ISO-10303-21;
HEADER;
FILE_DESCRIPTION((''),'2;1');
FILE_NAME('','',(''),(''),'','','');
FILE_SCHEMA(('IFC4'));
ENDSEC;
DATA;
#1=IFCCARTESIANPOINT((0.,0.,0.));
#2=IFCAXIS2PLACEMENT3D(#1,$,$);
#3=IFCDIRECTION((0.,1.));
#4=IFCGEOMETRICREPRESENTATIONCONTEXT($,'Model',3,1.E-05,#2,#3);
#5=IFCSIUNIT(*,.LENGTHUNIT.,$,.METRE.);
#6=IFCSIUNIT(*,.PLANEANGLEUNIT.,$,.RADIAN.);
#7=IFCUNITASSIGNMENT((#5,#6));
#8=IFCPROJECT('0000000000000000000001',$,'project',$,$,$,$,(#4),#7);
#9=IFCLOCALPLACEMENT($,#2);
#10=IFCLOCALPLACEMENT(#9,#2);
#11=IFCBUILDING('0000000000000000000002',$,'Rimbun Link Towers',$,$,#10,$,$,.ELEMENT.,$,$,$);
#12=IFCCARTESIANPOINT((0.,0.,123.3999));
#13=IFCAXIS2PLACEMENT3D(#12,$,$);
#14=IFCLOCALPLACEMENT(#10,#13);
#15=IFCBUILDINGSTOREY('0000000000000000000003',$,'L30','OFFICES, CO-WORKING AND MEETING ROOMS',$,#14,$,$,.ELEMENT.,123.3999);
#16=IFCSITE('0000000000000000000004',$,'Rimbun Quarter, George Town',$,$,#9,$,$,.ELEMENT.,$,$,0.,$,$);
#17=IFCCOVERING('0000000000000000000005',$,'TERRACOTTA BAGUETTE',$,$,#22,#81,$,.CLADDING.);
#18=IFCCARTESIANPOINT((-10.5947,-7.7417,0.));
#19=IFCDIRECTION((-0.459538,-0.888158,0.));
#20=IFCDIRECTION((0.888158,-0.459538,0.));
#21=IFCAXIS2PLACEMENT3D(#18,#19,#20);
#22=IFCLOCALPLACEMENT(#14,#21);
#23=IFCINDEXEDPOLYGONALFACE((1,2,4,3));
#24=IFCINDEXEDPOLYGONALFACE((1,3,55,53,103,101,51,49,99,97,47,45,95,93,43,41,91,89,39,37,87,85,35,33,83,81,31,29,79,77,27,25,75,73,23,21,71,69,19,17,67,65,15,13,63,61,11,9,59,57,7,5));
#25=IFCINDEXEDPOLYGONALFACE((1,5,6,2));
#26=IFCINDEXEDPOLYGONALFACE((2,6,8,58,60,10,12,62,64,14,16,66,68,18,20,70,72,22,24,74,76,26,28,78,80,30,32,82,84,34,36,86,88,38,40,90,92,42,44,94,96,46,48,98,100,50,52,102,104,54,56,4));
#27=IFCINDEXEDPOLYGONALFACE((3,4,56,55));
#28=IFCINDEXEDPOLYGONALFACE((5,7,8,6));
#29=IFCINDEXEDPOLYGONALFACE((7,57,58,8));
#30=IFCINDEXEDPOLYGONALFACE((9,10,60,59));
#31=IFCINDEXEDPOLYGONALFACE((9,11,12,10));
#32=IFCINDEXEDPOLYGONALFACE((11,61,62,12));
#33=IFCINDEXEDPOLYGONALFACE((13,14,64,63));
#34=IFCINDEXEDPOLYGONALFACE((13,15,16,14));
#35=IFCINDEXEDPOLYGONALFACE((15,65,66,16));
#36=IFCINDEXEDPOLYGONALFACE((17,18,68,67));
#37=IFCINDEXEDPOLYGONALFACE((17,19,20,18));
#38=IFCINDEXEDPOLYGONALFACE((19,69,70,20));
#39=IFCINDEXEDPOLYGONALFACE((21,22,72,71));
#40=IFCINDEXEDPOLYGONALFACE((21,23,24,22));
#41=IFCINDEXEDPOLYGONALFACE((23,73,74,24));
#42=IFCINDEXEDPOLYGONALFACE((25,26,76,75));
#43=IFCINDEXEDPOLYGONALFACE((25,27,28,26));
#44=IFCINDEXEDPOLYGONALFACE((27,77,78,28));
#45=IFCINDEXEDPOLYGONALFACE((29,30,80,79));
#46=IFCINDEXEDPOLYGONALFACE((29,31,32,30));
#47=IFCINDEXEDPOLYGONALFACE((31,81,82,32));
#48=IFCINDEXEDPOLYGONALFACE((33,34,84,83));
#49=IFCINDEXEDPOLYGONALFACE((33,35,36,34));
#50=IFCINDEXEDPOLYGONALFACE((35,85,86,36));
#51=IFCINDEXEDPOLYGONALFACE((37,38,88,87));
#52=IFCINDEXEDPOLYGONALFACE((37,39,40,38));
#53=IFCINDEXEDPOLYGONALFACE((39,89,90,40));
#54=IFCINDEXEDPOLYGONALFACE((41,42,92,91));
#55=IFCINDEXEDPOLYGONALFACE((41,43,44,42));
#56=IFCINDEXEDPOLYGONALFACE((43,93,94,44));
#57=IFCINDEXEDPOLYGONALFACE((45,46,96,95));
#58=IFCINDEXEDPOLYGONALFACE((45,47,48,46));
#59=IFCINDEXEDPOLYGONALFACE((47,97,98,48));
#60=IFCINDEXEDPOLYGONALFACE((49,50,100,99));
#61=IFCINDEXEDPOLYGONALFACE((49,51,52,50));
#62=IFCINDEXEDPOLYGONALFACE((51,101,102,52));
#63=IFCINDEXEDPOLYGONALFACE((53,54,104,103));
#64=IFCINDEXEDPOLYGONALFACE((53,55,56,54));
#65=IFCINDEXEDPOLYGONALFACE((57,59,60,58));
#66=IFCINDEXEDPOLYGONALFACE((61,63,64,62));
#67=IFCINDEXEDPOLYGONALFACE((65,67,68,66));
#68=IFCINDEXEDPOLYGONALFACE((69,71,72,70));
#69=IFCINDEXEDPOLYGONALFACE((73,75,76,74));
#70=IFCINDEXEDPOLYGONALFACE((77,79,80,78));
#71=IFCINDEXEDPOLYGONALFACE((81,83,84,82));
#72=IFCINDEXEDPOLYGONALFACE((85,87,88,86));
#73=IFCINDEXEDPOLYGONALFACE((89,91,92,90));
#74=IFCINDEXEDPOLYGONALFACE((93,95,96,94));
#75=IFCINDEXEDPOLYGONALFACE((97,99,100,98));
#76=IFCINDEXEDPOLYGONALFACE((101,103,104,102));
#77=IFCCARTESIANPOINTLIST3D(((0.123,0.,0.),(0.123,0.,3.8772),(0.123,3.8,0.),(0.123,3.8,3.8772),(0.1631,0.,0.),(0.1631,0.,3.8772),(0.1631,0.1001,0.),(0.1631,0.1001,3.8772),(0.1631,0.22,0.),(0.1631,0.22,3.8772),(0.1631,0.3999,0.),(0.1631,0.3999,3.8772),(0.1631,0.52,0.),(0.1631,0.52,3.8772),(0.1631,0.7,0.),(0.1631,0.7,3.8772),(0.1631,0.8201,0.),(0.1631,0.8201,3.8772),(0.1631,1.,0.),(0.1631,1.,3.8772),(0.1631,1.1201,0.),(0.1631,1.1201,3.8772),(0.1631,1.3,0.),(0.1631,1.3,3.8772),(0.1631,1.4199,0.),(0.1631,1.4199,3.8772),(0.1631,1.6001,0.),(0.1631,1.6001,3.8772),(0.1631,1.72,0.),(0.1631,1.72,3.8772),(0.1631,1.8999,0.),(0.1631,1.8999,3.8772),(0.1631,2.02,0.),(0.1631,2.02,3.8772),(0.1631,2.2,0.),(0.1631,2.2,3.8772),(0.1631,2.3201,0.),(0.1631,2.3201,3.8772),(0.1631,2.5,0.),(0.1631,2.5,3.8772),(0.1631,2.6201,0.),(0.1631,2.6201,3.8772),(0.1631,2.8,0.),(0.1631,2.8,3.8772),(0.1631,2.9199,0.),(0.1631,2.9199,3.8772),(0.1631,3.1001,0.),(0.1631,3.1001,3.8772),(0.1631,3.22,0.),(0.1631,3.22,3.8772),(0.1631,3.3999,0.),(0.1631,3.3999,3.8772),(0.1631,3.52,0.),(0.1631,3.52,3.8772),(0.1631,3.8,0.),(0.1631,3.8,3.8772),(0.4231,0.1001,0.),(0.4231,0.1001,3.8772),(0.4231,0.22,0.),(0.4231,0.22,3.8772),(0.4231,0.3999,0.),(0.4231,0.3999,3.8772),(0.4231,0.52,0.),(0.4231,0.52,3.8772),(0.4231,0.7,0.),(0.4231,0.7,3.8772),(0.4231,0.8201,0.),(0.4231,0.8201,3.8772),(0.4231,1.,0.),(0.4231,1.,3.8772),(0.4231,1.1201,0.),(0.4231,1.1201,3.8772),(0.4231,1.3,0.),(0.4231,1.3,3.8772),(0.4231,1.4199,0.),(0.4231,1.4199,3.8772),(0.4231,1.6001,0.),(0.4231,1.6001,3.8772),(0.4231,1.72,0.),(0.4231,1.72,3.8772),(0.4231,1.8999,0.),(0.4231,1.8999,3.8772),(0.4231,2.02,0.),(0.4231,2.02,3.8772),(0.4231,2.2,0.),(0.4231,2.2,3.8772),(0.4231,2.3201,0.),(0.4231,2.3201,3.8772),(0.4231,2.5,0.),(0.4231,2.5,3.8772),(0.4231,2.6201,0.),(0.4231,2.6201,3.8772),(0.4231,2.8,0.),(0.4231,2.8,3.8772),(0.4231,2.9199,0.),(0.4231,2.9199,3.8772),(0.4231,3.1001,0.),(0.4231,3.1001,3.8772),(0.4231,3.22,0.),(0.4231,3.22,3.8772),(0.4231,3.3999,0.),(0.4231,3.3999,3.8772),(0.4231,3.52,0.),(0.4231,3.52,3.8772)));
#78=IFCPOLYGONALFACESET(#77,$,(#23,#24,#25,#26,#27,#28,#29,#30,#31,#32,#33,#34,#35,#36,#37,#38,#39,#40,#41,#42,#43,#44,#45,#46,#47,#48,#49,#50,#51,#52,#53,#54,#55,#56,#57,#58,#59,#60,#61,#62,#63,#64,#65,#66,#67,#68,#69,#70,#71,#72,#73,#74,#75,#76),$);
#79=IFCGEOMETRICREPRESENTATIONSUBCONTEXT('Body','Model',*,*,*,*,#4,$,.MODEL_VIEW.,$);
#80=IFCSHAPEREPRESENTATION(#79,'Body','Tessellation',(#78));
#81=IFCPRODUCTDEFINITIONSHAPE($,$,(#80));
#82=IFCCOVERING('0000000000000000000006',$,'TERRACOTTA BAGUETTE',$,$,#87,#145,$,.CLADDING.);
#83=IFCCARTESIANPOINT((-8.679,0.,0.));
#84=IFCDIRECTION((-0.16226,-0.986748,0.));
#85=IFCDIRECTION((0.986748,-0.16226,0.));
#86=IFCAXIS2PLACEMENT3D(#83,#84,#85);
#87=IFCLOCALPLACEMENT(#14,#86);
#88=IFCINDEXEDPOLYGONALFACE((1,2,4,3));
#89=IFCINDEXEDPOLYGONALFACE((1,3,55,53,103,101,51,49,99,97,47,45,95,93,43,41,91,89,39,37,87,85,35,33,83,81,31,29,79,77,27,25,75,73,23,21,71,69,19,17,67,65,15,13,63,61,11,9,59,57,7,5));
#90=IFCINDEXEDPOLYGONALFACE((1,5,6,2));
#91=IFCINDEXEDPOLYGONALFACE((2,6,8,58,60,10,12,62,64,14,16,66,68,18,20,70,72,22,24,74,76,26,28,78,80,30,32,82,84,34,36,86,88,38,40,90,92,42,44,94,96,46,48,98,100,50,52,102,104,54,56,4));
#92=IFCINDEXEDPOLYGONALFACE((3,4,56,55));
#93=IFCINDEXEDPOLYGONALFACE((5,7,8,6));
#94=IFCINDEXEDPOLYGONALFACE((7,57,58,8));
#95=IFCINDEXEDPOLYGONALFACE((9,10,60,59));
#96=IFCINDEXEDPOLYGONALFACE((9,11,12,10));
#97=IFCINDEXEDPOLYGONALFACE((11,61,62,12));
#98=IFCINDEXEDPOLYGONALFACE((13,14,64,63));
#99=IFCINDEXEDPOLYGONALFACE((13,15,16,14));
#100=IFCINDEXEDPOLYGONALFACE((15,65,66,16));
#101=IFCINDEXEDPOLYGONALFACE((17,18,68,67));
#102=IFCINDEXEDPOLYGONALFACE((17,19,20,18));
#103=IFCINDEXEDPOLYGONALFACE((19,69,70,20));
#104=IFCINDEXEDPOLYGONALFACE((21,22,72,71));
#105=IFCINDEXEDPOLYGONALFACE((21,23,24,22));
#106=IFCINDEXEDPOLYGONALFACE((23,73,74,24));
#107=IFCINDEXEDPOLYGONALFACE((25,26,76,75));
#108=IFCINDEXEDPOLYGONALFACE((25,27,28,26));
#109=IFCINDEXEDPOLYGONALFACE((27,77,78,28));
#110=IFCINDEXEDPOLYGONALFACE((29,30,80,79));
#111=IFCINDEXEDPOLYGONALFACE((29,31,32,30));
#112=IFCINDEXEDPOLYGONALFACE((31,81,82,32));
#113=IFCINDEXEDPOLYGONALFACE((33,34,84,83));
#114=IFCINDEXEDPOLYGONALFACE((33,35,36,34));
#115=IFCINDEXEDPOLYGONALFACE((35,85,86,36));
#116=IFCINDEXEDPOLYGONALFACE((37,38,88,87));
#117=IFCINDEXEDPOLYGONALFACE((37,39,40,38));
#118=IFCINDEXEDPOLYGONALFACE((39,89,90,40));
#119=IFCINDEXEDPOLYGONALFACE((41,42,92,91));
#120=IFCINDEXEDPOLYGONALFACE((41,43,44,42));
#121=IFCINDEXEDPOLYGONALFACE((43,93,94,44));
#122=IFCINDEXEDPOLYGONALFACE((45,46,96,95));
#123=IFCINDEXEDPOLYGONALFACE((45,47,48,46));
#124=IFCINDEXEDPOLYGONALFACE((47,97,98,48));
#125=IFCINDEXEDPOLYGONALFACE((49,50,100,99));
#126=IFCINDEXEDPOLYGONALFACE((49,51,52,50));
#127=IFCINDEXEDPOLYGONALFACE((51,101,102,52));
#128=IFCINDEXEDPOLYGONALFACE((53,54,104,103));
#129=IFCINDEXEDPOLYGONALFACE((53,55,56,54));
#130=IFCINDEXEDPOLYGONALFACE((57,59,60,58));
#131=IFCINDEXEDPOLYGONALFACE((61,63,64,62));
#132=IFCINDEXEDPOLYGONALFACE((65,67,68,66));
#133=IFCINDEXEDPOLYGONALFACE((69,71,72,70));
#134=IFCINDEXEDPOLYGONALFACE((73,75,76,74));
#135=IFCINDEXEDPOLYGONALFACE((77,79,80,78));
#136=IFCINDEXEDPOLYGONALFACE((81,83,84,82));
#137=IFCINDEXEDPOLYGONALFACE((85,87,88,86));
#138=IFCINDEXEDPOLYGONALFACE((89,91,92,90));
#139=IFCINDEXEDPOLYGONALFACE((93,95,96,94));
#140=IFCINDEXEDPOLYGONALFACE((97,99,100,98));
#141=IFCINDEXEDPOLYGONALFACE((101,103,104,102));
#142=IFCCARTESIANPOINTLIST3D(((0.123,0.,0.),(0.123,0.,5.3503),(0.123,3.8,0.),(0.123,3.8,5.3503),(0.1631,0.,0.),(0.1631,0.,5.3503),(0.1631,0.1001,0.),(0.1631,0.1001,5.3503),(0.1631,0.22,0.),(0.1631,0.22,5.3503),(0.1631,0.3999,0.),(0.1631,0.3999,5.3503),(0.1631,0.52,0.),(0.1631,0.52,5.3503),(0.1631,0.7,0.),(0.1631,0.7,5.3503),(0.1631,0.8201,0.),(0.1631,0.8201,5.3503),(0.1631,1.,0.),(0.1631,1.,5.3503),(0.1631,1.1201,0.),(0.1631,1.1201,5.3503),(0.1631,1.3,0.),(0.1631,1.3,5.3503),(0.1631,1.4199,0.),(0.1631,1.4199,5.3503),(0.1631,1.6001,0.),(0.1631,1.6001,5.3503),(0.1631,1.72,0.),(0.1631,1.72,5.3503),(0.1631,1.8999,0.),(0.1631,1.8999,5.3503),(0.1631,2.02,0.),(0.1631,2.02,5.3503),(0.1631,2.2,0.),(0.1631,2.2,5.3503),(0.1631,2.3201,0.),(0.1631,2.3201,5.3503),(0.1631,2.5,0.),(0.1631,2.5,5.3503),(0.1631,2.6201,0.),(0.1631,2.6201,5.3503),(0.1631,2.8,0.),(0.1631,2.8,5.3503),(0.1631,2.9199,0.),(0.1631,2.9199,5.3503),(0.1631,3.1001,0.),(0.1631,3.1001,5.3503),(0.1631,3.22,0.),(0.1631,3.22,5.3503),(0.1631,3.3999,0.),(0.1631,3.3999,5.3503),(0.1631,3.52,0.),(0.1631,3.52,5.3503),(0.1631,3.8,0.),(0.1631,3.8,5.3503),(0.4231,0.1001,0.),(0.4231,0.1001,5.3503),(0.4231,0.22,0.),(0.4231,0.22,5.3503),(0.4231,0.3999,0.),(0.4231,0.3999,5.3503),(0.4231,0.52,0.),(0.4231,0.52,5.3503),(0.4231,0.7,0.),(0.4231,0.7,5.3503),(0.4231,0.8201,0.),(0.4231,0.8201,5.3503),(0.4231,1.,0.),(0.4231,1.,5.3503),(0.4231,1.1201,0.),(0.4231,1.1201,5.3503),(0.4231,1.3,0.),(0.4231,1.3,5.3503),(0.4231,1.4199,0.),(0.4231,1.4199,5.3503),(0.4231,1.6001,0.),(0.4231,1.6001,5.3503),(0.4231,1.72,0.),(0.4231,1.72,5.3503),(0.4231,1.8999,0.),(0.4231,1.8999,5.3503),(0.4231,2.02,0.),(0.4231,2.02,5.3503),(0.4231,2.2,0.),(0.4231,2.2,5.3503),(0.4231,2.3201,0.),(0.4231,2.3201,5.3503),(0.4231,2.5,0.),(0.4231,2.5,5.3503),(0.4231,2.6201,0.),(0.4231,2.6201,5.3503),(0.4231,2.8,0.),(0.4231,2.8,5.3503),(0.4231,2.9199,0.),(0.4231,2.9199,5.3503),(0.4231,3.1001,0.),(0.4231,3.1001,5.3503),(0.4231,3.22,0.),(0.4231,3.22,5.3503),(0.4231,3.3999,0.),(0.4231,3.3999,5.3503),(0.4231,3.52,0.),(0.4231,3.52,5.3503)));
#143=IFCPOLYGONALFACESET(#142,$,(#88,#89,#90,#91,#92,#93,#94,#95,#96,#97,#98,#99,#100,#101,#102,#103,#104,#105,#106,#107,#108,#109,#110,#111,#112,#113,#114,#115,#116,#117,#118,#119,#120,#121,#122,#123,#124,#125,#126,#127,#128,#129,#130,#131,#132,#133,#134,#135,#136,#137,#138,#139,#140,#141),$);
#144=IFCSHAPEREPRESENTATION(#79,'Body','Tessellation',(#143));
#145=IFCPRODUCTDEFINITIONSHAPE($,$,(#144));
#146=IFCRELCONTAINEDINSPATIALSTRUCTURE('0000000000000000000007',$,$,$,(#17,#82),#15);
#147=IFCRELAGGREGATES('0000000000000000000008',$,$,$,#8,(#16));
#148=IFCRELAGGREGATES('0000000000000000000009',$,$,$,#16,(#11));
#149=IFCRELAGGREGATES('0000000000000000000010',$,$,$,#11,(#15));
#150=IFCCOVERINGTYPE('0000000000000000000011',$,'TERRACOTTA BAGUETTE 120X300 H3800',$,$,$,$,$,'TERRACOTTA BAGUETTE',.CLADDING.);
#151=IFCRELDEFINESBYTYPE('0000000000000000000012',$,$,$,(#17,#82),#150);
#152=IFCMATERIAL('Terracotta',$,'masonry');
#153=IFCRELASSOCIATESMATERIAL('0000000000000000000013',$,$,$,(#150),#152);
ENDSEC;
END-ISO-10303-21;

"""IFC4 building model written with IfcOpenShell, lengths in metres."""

from ifc_helpers import new_model, si_unit, direction, frame, origin, place, context, subcontext, project, spatial, polyline, outline, extrude, material, material_profile, profile_set, type_object, element, save


model = new_model("IFC4")

# Units and contexts
model_context = context("Model", 3, precision=1e-05, world=origin(), true_north=direction((0.0, 1.0)))
body_context = subcontext(model_context, "Body", "Model", "MODEL_VIEW")
ifc_project = project(units=[si_unit("LENGTHUNIT", "METRE"), si_unit("PLANEANGLEUNIT", "RADIAN")], contexts=[model_context])

# Site, building, storey
site_placement = place(None, origin())
site = spatial("IfcSite", under=ifc_project, at=site_placement, Name="Rimbun Quarter, George Town", CompositionType="ELEMENT", RefElevation=0.0)
building_placement = place(site_placement, origin())
building = spatial("IfcBuilding", under=site, at=building_placement, Name="Rimbun Link Towers", CompositionType="ELEMENT")
storey_placement = place(building_placement, frame((0.0, 0.0, 123.3999)))
storey = spatial("IfcBuildingStorey", under=building, at=storey_placement, Name="L30", Description="OFFICES, CO-WORKING AND MEETING ROOMS", CompositionType="ELEMENT", Elevation=123.3999)

# Coverings
ifc_material_1 = material(Name="Terracotta", Category="masonry")
ifc_material_profile_1 = material_profile(ifc_material_1, outline(polyline([(0.123, 0.0), (0.1631, 0.0), (0.1631, 0.1001), (0.4231, 0.1001), (0.4231, 0.22), (0.1631, 0.22), (0.1631, 0.3999), (0.4231, 0.3999), (0.4231, 0.52), (0.1631, 0.52), (0.1631, 0.7), (0.4231, 0.7), (0.4231, 0.8201), (0.1631, 0.8201), (0.1631, 1.0), (0.4231, 1.0), (0.4231, 1.1201), (0.1631, 1.1201), (0.1631, 1.3), (0.4231, 1.3), (0.4231, 1.4199), (0.1631, 1.4199), (0.1631, 1.6001), (0.4231, 1.6001), (0.4231, 1.72), (0.1631, 1.72), (0.1631, 1.8999), (0.4231, 1.8999), (0.4231, 2.02), (0.1631, 2.02), (0.1631, 2.2), (0.4231, 2.2), (0.4231, 2.3201), (0.1631, 2.3201), (0.1631, 2.5), (0.4231, 2.5), (0.4231, 2.6201), (0.1631, 2.6201), (0.1631, 2.8), (0.4231, 2.8), (0.4231, 2.9199), (0.1631, 2.9199), (0.1631, 3.1001), (0.4231, 3.1001), (0.4231, 3.22), (0.1631, 3.22), (0.1631, 3.3999), (0.4231, 3.3999), (0.4231, 3.52), (0.1631, 3.52), (0.1631, 3.8), (0.123, 3.8), (0.123, 0.0)])), Name="BAGUETTE 120X300")
ifc_profile_set_1 = profile_set([ifc_material_profile_1], Name="Terracotta")
covering_type = type_object("IfcCoveringType", Name="TERRACOTTA BAGUETTE 120X300 H3800", ElementType="TERRACOTTA BAGUETTE", PredefinedType="CLADDING", material=ifc_profile_set_1)
covering_1_placement = place(storey_placement, frame((-10.5947, -7.7417, 0.0), z_axis=(-0.459538, -0.888158, 0.0), x_axis=(0.888158, -0.459538, 0.0)))
element("IfcCovering", 1, at=covering_1_placement, inside=storey, type_object=covering_type, Name="TERRACOTTA BAGUETTE", PredefinedType="CLADDING", context=body_context, shape_type="SweptSolid", body=[
    extrude(outline(polyline([(0.123, 0.0), (0.1631, 0.0), (0.1631, 0.1001), (0.4231, 0.1001), (0.4231, 0.22), (0.1631, 0.22), (0.1631, 0.3999), (0.4231, 0.3999), (0.4231, 0.52), (0.1631, 0.52), (0.1631, 0.7), (0.4231, 0.7), (0.4231, 0.8201), (0.1631, 0.8201), (0.1631, 1.0), (0.4231, 1.0), (0.4231, 1.1201), (0.1631, 1.1201), (0.1631, 1.3), (0.4231, 1.3), (0.4231, 1.4199), (0.1631, 1.4199), (0.1631, 1.6001), (0.4231, 1.6001), (0.4231, 1.72), (0.1631, 1.72), (0.1631, 1.8999), (0.4231, 1.8999), (0.4231, 2.02), (0.1631, 2.02), (0.1631, 2.2), (0.4231, 2.2), (0.4231, 2.3201), (0.1631, 2.3201), (0.1631, 2.5), (0.4231, 2.5), (0.4231, 2.6201), (0.1631, 2.6201), (0.1631, 2.8), (0.4231, 2.8), (0.4231, 2.9199), (0.1631, 2.9199), (0.1631, 3.1001), (0.4231, 3.1001), (0.4231, 3.22), (0.1631, 3.22), (0.1631, 3.3999), (0.4231, 3.3999), (0.4231, 3.52), (0.1631, 3.52), (0.1631, 3.8), (0.123, 3.8), (0.123, 0.0)])), origin(), (0.0, 0.0, 1.0), 3.8772),
])
covering_2_placement = place(storey_placement, frame((-8.679, 0.0, 0.0), z_axis=(-0.16226, -0.986748, 0.0), x_axis=(0.986748, -0.16226, 0.0)))
element("IfcCovering", 2, at=covering_2_placement, inside=storey, type_object=covering_type, Name="TERRACOTTA BAGUETTE", PredefinedType="CLADDING", context=body_context, shape_type="SweptSolid", body=[
    extrude(outline(polyline([(0.123, 0.0), (0.1631, 0.0), (0.1631, 0.1001), (0.4231, 0.1001), (0.4231, 0.22), (0.1631, 0.22), (0.1631, 0.3999), (0.4231, 0.3999), (0.4231, 0.52), (0.1631, 0.52), (0.1631, 0.7), (0.4231, 0.7), (0.4231, 0.8201), (0.1631, 0.8201), (0.1631, 1.0), (0.4231, 1.0), (0.4231, 1.1201), (0.1631, 1.1201), (0.1631, 1.3), (0.4231, 1.3), (0.4231, 1.4199), (0.1631, 1.4199), (0.1631, 1.6001), (0.4231, 1.6001), (0.4231, 1.72), (0.1631, 1.72), (0.1631, 1.8999), (0.4231, 1.8999), (0.4231, 2.02), (0.1631, 2.02), (0.1631, 2.2), (0.4231, 2.2), (0.4231, 2.3201), (0.1631, 2.3201), (0.1631, 2.5), (0.4231, 2.5), (0.4231, 2.6201), (0.1631, 2.6201), (0.1631, 2.8), (0.4231, 2.8), (0.4231, 2.9199), (0.1631, 2.9199), (0.1631, 3.1001), (0.4231, 3.1001), (0.4231, 3.22), (0.1631, 3.22), (0.1631, 3.3999), (0.4231, 3.3999), (0.4231, 3.52), (0.1631, 3.52), (0.1631, 3.8), (0.123, 3.8), (0.123, 0.0)])), origin(), (0.0, 0.0, 1.0), 5.3503),
])

save(model, "model.ifc")
